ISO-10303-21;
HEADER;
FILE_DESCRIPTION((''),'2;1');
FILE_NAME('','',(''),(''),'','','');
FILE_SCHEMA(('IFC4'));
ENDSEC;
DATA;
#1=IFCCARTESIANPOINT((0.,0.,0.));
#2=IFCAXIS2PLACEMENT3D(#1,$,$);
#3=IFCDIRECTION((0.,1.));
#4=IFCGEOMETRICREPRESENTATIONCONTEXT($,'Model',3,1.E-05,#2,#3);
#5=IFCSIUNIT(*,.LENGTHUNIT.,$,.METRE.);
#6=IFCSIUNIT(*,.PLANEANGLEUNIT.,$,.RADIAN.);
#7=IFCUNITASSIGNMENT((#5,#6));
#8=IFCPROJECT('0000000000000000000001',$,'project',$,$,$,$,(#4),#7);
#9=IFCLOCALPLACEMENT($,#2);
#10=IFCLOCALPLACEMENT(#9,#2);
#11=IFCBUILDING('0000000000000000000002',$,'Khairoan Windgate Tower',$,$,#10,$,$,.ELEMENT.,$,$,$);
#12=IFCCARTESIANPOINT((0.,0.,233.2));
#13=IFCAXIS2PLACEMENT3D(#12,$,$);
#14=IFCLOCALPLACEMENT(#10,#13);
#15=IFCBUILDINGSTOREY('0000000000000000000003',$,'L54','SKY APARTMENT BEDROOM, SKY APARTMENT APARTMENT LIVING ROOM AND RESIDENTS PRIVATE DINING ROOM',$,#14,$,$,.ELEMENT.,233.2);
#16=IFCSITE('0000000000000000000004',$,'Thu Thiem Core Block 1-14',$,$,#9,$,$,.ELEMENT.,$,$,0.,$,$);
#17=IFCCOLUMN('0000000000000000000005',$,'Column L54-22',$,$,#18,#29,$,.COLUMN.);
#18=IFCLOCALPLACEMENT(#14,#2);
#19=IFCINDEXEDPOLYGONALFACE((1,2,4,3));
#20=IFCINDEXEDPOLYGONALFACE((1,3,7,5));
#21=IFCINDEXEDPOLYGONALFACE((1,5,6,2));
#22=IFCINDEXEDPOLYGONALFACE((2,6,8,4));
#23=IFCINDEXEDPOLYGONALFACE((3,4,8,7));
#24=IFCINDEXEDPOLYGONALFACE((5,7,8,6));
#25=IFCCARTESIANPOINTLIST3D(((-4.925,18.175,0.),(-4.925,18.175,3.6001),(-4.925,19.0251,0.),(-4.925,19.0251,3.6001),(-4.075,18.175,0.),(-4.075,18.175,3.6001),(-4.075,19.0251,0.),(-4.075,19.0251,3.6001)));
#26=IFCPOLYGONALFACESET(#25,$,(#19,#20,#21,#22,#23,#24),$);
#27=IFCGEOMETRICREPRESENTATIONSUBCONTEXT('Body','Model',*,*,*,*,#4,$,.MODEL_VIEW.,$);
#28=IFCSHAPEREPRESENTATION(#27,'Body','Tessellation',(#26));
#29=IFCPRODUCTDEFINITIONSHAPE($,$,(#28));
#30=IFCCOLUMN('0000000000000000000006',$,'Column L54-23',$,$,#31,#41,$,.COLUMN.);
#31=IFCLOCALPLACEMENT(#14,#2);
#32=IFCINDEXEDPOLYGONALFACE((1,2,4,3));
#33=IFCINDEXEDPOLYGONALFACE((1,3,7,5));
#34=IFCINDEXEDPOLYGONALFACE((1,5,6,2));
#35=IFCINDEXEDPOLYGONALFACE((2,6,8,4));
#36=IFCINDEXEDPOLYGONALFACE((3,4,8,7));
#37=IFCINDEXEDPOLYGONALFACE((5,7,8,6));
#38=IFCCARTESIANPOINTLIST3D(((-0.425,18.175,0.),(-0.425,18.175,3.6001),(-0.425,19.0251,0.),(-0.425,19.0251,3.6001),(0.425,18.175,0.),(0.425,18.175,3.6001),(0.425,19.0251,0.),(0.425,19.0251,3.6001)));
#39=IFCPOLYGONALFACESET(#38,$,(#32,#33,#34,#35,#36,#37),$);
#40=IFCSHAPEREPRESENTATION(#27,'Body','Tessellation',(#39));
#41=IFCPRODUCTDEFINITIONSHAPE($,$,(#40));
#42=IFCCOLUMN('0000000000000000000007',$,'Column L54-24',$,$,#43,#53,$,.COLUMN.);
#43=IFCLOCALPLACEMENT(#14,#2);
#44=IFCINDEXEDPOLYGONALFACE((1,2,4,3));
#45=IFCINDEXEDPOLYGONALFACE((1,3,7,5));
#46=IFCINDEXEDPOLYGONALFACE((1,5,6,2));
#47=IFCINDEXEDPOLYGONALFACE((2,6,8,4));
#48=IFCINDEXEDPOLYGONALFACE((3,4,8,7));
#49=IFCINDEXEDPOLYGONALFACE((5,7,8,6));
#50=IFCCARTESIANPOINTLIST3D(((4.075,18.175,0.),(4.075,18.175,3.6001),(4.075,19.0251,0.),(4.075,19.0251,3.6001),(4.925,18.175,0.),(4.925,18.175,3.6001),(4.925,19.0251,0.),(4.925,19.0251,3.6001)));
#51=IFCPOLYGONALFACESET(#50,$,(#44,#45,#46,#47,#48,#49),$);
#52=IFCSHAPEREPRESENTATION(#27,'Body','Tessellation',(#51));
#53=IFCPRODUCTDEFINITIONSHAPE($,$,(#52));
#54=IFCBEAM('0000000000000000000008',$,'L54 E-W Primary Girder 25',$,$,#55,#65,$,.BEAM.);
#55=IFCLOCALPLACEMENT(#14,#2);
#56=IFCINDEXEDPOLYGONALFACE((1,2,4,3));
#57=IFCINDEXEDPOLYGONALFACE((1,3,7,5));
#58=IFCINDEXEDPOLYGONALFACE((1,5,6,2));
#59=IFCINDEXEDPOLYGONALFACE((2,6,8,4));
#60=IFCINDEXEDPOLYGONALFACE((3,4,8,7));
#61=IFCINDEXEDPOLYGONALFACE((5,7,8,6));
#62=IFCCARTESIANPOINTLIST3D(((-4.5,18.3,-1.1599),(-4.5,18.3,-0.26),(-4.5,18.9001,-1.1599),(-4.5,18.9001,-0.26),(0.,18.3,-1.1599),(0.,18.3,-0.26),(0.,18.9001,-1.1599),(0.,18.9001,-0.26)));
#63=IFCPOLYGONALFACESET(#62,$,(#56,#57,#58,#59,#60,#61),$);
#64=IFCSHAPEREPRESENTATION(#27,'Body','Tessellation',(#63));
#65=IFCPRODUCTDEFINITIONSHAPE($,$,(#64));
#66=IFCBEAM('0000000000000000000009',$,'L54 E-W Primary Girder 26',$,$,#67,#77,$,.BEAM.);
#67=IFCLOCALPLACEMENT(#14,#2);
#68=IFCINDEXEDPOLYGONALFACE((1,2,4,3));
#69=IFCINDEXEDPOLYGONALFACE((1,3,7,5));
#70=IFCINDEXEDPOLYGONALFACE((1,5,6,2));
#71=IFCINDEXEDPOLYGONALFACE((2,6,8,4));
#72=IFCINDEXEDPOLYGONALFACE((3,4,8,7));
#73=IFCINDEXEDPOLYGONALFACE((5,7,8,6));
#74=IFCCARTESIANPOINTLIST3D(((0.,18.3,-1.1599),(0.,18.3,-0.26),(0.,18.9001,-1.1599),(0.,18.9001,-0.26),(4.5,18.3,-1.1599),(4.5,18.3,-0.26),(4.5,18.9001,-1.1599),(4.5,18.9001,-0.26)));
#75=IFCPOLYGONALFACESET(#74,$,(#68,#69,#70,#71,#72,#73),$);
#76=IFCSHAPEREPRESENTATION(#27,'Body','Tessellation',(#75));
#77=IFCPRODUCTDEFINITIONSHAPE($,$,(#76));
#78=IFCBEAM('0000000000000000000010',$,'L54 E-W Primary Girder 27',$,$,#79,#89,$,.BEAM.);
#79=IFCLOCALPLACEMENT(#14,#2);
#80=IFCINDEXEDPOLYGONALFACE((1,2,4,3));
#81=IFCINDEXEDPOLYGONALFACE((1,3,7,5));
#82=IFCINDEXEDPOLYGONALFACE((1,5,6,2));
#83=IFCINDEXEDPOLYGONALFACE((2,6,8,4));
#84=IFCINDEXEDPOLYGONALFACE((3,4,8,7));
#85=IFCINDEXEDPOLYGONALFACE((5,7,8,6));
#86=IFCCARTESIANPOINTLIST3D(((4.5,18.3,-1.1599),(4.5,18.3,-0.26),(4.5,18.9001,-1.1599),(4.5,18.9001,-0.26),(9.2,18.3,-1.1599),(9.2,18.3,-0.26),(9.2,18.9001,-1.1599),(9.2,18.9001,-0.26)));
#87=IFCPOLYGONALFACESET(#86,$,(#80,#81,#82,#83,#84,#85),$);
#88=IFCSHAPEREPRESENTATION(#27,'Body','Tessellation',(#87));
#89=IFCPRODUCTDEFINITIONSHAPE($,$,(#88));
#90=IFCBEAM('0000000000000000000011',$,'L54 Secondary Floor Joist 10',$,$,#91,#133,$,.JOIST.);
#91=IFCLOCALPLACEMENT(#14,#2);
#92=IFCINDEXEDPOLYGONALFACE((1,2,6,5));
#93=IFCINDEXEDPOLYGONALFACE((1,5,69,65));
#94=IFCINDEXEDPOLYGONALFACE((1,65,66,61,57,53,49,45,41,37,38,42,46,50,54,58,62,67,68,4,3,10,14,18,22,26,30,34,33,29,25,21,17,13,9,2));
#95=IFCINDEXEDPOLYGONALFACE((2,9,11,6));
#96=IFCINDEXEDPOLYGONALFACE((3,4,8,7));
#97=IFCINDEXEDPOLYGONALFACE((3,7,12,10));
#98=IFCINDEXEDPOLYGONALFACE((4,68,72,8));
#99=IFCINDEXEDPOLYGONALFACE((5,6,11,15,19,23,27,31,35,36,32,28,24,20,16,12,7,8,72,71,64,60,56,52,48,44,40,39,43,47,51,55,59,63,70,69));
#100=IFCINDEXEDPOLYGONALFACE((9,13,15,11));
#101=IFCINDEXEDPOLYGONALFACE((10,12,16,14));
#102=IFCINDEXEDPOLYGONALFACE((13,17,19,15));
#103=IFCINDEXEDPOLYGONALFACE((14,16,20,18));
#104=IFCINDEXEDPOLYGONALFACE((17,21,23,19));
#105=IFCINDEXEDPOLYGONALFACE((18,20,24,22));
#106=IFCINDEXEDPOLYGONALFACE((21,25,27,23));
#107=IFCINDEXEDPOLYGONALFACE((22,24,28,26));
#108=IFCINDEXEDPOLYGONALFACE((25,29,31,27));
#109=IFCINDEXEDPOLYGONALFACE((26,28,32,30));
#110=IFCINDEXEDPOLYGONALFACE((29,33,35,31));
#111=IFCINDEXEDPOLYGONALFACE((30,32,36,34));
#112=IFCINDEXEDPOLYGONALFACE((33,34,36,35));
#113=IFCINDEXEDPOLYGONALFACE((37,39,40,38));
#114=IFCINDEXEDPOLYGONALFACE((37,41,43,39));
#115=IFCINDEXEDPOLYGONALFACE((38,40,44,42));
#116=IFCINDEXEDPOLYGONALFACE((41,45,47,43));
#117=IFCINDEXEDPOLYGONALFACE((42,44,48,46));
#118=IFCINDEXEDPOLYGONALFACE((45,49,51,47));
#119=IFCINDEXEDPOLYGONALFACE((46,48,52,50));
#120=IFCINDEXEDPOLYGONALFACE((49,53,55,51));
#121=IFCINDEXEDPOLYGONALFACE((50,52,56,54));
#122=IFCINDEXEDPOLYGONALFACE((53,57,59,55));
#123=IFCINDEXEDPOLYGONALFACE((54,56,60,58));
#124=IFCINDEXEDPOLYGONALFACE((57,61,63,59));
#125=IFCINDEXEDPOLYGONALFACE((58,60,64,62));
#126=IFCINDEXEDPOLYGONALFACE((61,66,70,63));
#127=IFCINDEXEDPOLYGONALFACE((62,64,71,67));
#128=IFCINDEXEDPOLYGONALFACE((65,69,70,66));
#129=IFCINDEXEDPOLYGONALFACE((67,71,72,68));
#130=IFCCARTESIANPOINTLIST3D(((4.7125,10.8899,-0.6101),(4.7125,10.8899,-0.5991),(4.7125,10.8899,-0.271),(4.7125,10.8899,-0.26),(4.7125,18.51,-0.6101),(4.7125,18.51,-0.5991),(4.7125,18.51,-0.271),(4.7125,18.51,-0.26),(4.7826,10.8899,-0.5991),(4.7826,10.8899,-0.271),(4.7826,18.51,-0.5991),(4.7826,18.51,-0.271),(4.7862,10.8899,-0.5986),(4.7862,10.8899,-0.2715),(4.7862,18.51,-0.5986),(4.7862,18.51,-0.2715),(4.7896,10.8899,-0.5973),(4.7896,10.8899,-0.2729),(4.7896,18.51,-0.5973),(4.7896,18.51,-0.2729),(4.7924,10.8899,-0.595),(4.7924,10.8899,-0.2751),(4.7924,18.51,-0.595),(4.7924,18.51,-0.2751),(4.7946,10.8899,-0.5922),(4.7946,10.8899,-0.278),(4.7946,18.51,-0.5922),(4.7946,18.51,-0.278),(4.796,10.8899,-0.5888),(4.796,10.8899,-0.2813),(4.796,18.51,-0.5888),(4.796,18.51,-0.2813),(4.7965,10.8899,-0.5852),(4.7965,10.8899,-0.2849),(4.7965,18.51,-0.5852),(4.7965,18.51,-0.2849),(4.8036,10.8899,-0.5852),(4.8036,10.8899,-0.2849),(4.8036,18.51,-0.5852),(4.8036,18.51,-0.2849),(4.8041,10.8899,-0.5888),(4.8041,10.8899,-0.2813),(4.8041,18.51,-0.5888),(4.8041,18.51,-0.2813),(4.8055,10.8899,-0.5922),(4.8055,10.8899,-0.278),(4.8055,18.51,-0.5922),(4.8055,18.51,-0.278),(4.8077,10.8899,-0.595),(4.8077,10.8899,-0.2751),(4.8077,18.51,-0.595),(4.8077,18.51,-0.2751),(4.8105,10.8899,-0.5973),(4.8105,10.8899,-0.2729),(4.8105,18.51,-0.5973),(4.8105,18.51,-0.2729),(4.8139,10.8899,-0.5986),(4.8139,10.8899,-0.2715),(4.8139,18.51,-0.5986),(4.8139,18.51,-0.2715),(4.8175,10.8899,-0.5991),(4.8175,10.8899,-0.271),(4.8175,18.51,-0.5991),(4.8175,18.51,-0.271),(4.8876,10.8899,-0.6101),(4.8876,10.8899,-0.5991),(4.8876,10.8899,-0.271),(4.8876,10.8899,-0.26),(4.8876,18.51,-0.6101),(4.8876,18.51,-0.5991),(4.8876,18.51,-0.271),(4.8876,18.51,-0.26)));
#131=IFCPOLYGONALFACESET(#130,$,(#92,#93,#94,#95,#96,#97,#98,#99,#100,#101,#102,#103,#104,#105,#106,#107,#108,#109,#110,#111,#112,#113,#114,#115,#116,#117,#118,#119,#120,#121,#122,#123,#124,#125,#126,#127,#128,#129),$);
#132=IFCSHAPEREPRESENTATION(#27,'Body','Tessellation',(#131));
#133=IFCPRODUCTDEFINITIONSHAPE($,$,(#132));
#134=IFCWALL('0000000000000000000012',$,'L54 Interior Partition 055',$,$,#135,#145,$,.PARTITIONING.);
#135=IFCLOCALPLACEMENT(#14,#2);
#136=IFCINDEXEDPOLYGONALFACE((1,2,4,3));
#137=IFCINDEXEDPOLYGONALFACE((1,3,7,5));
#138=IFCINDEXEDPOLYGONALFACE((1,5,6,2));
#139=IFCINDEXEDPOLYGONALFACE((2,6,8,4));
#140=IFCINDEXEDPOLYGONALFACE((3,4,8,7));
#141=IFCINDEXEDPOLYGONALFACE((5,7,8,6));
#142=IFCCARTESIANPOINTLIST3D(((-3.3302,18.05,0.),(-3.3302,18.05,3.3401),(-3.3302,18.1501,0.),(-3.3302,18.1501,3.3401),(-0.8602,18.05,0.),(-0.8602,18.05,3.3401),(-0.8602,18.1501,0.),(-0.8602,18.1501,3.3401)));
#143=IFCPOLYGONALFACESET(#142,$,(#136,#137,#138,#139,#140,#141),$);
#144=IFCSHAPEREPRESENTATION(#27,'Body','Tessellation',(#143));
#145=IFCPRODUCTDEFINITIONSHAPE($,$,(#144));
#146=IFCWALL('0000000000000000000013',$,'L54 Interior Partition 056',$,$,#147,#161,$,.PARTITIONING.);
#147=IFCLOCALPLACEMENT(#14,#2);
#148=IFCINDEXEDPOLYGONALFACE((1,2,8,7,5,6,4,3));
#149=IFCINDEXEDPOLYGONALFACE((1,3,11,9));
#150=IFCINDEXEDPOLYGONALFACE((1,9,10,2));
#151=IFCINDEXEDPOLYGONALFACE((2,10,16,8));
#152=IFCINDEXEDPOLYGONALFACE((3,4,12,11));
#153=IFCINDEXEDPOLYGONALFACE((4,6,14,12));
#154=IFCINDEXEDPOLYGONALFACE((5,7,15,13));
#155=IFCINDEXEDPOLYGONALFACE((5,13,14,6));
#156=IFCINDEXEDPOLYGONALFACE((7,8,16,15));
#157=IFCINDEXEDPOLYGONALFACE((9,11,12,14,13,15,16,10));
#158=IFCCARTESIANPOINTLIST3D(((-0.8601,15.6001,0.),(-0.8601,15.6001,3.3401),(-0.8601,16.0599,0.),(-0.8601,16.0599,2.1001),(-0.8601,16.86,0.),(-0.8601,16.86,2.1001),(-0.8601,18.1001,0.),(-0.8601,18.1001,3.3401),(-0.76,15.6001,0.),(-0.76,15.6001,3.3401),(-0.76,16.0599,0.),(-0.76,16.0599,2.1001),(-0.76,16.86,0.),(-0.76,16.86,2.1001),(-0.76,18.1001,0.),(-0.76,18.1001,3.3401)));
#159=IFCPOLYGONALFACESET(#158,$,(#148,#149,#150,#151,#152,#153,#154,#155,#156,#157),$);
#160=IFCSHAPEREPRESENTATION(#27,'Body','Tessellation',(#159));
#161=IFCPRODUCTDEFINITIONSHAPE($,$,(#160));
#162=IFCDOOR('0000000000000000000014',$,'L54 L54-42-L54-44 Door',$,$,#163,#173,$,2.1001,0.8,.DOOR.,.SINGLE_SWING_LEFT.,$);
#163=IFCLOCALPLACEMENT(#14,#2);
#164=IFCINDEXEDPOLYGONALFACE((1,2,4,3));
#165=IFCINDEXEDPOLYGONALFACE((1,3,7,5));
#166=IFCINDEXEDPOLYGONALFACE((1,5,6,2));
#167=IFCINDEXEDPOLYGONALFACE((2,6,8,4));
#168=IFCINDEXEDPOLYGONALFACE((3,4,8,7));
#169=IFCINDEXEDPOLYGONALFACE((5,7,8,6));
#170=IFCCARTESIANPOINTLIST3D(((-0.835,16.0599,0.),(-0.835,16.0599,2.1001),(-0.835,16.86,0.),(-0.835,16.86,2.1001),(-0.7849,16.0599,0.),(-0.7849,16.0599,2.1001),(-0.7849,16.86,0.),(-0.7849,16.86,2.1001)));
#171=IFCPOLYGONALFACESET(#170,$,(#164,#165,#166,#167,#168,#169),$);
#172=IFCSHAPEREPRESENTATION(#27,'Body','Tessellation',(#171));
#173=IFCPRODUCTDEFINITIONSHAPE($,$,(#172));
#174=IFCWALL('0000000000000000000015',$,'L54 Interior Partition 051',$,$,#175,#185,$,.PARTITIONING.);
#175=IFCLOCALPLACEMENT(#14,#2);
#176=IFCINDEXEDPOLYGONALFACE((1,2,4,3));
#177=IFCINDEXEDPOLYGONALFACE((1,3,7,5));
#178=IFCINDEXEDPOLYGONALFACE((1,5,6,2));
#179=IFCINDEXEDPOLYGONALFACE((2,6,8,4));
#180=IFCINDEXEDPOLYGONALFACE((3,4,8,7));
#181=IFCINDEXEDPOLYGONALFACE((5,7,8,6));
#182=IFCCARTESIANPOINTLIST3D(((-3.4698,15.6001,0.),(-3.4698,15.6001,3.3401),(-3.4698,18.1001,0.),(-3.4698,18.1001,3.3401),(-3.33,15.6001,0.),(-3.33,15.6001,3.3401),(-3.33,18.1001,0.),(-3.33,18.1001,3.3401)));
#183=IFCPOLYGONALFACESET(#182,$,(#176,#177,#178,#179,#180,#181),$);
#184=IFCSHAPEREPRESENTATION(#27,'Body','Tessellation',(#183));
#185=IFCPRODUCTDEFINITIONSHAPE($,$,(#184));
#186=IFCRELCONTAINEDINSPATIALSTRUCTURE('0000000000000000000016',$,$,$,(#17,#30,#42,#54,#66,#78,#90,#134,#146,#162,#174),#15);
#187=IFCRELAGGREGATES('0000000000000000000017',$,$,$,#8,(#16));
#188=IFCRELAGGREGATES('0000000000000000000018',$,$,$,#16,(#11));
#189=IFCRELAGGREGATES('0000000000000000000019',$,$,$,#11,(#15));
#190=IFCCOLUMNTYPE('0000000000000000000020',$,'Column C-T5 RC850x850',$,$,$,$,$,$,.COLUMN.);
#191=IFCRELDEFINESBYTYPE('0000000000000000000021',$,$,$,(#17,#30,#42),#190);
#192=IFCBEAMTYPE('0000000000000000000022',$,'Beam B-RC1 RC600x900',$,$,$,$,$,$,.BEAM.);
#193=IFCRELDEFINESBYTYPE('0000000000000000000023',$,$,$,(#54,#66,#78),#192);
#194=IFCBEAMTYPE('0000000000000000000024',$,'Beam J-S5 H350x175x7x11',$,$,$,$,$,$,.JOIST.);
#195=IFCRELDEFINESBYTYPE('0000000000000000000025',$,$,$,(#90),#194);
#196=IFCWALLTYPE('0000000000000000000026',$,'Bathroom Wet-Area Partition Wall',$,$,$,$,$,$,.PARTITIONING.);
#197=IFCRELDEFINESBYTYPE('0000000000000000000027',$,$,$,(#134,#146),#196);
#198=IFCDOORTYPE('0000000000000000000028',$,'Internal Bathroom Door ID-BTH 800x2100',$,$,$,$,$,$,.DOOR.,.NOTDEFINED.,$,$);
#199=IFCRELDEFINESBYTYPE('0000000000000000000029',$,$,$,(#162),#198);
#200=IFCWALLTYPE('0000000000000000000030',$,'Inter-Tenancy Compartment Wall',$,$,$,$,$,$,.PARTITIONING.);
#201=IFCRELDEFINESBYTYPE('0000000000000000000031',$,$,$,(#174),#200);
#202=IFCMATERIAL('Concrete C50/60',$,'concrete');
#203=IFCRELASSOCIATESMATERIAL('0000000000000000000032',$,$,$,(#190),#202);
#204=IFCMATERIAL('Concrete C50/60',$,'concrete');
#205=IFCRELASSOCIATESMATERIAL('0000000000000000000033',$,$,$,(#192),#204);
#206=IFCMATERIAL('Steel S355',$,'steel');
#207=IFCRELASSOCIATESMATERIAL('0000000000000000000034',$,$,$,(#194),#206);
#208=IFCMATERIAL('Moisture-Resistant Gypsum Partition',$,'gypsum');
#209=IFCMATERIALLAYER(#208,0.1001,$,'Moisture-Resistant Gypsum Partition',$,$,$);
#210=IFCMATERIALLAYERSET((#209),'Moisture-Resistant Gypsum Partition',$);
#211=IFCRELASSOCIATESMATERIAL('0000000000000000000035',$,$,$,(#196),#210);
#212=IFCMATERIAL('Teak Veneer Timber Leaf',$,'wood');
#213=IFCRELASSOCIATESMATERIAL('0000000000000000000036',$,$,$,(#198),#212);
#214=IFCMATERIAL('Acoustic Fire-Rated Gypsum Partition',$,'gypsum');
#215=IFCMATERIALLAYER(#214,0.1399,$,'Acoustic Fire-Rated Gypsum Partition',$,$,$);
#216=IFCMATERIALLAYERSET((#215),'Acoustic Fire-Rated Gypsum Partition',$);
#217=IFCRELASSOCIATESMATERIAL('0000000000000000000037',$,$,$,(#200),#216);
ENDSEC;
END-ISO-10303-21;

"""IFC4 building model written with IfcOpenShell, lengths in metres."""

from ifc_helpers import new_model, si_unit, direction, frame, frame_2d, origin, origin_2d, place, context, subcontext, project, spatial, rectangle, i_section, extrude, material, layer, layer_set, material_profile, profile_set, type_object, element, fill, save


model = new_model("IFC4")

# Units and contexts
model_context = context("Model", 3, precision=1e-05, world=origin(), true_north=direction((0.0, 1.0)))
body_context = subcontext(model_context, "Body", "Model", "MODEL_VIEW")
ifc_project = project(units=[si_unit("LENGTHUNIT", "METRE"), si_unit("PLANEANGLEUNIT", "RADIAN")], contexts=[model_context])

# Site, building, storey
site_placement = place(None, origin())
site = spatial("IfcSite", under=ifc_project, at=site_placement, Name="Thu Thiem Core Block 1-14", CompositionType="ELEMENT", RefElevation=0.0)
building_placement = place(site_placement, origin())
building = spatial("IfcBuilding", under=site, at=building_placement, Name="Khairoan Windgate Tower", CompositionType="ELEMENT")
storey_placement = place(building_placement, frame((0.0, 0.0, 233.2)))
storey = spatial("IfcBuildingStorey", under=building, at=storey_placement, Name="L54", Description="SKY APARTMENT BEDROOM, SKY APARTMENT APARTMENT LIVING ROOM AND RESIDENTS PRIVATE DINING ROOM", CompositionType="ELEMENT", Elevation=233.2)

# Columns
ifc_material_1 = material(Name="Concrete C50/60", Category="concrete")
ifc_material_profile_1 = material_profile(ifc_material_1, rectangle(XDim=0.8501, YDim=0.8501, at=origin_2d()))
ifc_profile_set_1 = profile_set([ifc_material_profile_1], Name="Concrete C50/60")
column_type = type_object("IfcColumnType", Name="Column C-T5 RC850x850", PredefinedType="COLUMN", material=ifc_profile_set_1)
for number, where, z_axis, x_axis, name in (
    (1, (-4.5, 18.6001, 0.0), (0.0, 0.0, 1.0), (1.0, 0.0, 0.0), "Column L54-22"),
    (2, (0.0, 18.6001, 0.0), (0.0, 0.0, 1.0), (1.0, 0.0, 0.0), "Column L54-23"),
    (3, (4.5, 18.6001, 0.0), (0.0, 0.0, 1.0), (1.0, 0.0, 0.0), "Column L54-24"),
):
    element("IfcColumn", number, at=place(storey_placement, frame(where, z_axis=z_axis, x_axis=x_axis)), inside=storey, type_object=column_type, Name=name, PredefinedType="COLUMN", context=body_context, shape_type="SweptSolid", body=[
        extrude(rectangle(XDim=0.8501, YDim=0.8501, at=origin_2d()), origin(), (0.0, 0.0, 1.0), 3.6001),
    ])

# Beams
ifc_material_2 = material(Name="Concrete C50/60", Category="concrete")
ifc_material_profile_2 = material_profile(ifc_material_2, rectangle(XDim=0.6001, YDim=0.8999, at=origin_2d()))
ifc_profile_set_2 = profile_set([ifc_material_profile_2], Name="Concrete C50/60")
beam_type_1 = type_object("IfcBeamType", Name="Beam B-RC1 RC600x900", PredefinedType="BEAM", material=ifc_profile_set_2)
for number, where, z_axis, x_axis, name in (
    (4, (-4.5, 18.6001, -0.71), (1.0, 0.0, 0.0), (0.0, 1.0, 0.0), "L54 E-W Primary Girder 25"),
    (5, (0.0, 18.6001, -0.71), (1.0, 0.0, 0.0), (0.0, 1.0, 0.0), "L54 E-W Primary Girder 26"),
):
    element("IfcBeam", number, at=place(storey_placement, frame(where, z_axis=z_axis, x_axis=x_axis)), inside=storey, type_object=beam_type_1, Name=name, PredefinedType="BEAM", context=body_context, shape_type="SweptSolid", body=[
        extrude(rectangle(XDim=0.6001, YDim=0.8999, at=origin_2d()), origin(), (0.0, 0.0, 1.0), 4.5),
    ])
beam_1_placement = place(storey_placement, frame((4.5, 18.6001, -0.71), z_axis=(1.0, 0.0, 0.0), x_axis=(0.0, 1.0, 0.0)))
element("IfcBeam", 6, at=beam_1_placement, inside=storey, type_object=beam_type_1, Name="L54 E-W Primary Girder 27", PredefinedType="BEAM", context=body_context, shape_type="SweptSolid", body=[
    extrude(rectangle(XDim=0.6001, YDim=0.8999, at=origin_2d()), origin(), (0.0, 0.0, 1.0), 4.7),
])
ifc_material_3 = material(Name="Steel S355", Category="steel")
ifc_material_profile_3 = material_profile(ifc_material_3, i_section(OverallWidth=0.175, OverallDepth=0.3501, WebThickness=0.0071, FlangeThickness=0.011, FilletRadius=0.0139, at=origin_2d()))
ifc_profile_set_3 = profile_set([ifc_material_profile_3], Name="Steel S355")
beam_type_2 = type_object("IfcBeamType", Name="Beam J-S5 H350x175x7x11", PredefinedType="JOIST", material=ifc_profile_set_3)
beam_2_placement = place(storey_placement, frame((4.8, 10.8899, -0.4351), z_axis=(0.0, 1.0, 0.0), x_axis=(-1.0, 0.0, 0.0)))
element("IfcBeam", 7, at=beam_2_placement, inside=storey, type_object=beam_type_2, Name="L54 Secondary Floor Joist 10", PredefinedType="JOIST", context=body_context, shape_type="SweptSolid", body=[
    extrude(i_section(OverallWidth=0.175, OverallDepth=0.3501, WebThickness=0.0071, FlangeThickness=0.011, FilletRadius=0.0139, at=origin_2d()), origin(), (0.0, 0.0, 1.0), 7.6201),
])

# Wall
ifc_material_4 = material(Name="Moisture-Resistant Gypsum Partition", Category="gypsum")
ifc_layer_1 = layer(ifc_material_4, 0.1001, Name="Moisture-Resistant Gypsum Partition")
ifc_layer_set_1 = layer_set([ifc_layer_1], Name="Moisture-Resistant Gypsum Partition")
wall_type_1 = type_object("IfcWallType", Name="Bathroom Wet-Area Partition Wall", PredefinedType="PARTITIONING", material=ifc_layer_set_1)
wall_1_placement = place(storey_placement, frame((-3.3301, 18.1001, 0.0), z_axis=(0.0, 0.0, 1.0), x_axis=(1.0, 0.0, 0.0)))
element("IfcWall", 8, at=wall_1_placement, inside=storey, type_object=wall_type_1, Name="L54 Interior Partition 055", PredefinedType="PARTITIONING", context=body_context, shape_type="SweptSolid", body=[
    extrude(rectangle(XDim=2.47, YDim=0.1001, at=frame_2d((1.2349, 0.0))), origin(), (0.0, 0.0, 1.0), 3.3401),
])

# Wall, opening, door
wall_2_placement = place(storey_placement, frame((-0.8101, 15.6001, 0.0), z_axis=(0.0, 0.0, 1.0), x_axis=(0.0, 1.0, 0.0)))
wall_2 = element("IfcWall", 9, at=wall_2_placement, inside=storey, type_object=wall_type_1, Name="L54 Interior Partition 056", PredefinedType="PARTITIONING", context=body_context, shape_type="SweptSolid", body=[
    extrude(rectangle(XDim=2.5, YDim=0.1001, at=frame_2d((1.25, 0.0))), origin(), (0.0, 0.0, 1.0), 3.3401),
])
opening_1_placement = place(wall_2_placement, frame((0.46, 0.0, 0.0)))
opening_1 = element("IfcOpeningElement", 10, at=opening_1_placement, cuts=wall_2, PredefinedType="OPENING", context=body_context, shape_type="SweptSolid", body=[
    extrude(rectangle(XDim=0.8, YDim=2.1001, at=frame_2d((0.3999, 1.05))), frame((0.0, 0.0601, 0.0), z_axis=(0.0, -1.0, 0.0), x_axis=(1.0, 0.0, 0.0)), (0.0, 0.0, 1.0), 0.1201),
])
ifc_material_5 = material(Name="Teak Veneer Timber Leaf", Category="wood")
door_type_1 = type_object("IfcDoorType", Name="Internal Bathroom Door ID-BTH 800x2100", OperationType="NOTDEFINED", PredefinedType="DOOR", material=ifc_material_5)
door_1_placement = place(opening_1_placement, origin())
door_1 = element("IfcDoor", 11, at=door_1_placement, inside=storey, type_object=door_type_1, Name="L54 L54-42-L54-44 Door", OperationType="SINGLE_SWING_LEFT", OverallHeight=2.1001, OverallWidth=0.8, PredefinedType="DOOR", context=body_context, shape_type="SweptSolid", body=[
    extrude(rectangle(XDim=0.8, YDim=2.1001, at=frame_2d((0.3999, 1.05))), frame((0.0, 0.0249, 0.0), z_axis=(0.0, -1.0, 0.0), x_axis=(1.0, 0.0, 0.0)), (0.0, 0.0, 1.0), 0.05),
])
fill(opening_1, door_1)

# Wall
ifc_material_6 = material(Name="Acoustic Fire-Rated Gypsum Partition", Category="gypsum")
ifc_layer_2 = layer(ifc_material_6, 0.1399, Name="Acoustic Fire-Rated Gypsum Partition")
ifc_layer_set_2 = layer_set([ifc_layer_2], Name="Acoustic Fire-Rated Gypsum Partition")
wall_type_2 = type_object("IfcWallType", Name="Inter-Tenancy Compartment Wall", PredefinedType="PARTITIONING", material=ifc_layer_set_2)
wall_3_placement = place(storey_placement, frame((-3.3999, 15.6001, 0.0), z_axis=(0.0, 0.0, 1.0), x_axis=(0.0, 1.0, 0.0)))
element("IfcWall", 12, at=wall_3_placement, inside=storey, type_object=wall_type_2, Name="L54 Interior Partition 051", PredefinedType="PARTITIONING", context=body_context, shape_type="SweptSolid", body=[
    extrude(rectangle(XDim=2.5, YDim=0.1399, at=frame_2d((1.25, 0.0))), origin(), (0.0, 0.0, 1.0), 3.3401),
])

save(model, "model.ifc")
